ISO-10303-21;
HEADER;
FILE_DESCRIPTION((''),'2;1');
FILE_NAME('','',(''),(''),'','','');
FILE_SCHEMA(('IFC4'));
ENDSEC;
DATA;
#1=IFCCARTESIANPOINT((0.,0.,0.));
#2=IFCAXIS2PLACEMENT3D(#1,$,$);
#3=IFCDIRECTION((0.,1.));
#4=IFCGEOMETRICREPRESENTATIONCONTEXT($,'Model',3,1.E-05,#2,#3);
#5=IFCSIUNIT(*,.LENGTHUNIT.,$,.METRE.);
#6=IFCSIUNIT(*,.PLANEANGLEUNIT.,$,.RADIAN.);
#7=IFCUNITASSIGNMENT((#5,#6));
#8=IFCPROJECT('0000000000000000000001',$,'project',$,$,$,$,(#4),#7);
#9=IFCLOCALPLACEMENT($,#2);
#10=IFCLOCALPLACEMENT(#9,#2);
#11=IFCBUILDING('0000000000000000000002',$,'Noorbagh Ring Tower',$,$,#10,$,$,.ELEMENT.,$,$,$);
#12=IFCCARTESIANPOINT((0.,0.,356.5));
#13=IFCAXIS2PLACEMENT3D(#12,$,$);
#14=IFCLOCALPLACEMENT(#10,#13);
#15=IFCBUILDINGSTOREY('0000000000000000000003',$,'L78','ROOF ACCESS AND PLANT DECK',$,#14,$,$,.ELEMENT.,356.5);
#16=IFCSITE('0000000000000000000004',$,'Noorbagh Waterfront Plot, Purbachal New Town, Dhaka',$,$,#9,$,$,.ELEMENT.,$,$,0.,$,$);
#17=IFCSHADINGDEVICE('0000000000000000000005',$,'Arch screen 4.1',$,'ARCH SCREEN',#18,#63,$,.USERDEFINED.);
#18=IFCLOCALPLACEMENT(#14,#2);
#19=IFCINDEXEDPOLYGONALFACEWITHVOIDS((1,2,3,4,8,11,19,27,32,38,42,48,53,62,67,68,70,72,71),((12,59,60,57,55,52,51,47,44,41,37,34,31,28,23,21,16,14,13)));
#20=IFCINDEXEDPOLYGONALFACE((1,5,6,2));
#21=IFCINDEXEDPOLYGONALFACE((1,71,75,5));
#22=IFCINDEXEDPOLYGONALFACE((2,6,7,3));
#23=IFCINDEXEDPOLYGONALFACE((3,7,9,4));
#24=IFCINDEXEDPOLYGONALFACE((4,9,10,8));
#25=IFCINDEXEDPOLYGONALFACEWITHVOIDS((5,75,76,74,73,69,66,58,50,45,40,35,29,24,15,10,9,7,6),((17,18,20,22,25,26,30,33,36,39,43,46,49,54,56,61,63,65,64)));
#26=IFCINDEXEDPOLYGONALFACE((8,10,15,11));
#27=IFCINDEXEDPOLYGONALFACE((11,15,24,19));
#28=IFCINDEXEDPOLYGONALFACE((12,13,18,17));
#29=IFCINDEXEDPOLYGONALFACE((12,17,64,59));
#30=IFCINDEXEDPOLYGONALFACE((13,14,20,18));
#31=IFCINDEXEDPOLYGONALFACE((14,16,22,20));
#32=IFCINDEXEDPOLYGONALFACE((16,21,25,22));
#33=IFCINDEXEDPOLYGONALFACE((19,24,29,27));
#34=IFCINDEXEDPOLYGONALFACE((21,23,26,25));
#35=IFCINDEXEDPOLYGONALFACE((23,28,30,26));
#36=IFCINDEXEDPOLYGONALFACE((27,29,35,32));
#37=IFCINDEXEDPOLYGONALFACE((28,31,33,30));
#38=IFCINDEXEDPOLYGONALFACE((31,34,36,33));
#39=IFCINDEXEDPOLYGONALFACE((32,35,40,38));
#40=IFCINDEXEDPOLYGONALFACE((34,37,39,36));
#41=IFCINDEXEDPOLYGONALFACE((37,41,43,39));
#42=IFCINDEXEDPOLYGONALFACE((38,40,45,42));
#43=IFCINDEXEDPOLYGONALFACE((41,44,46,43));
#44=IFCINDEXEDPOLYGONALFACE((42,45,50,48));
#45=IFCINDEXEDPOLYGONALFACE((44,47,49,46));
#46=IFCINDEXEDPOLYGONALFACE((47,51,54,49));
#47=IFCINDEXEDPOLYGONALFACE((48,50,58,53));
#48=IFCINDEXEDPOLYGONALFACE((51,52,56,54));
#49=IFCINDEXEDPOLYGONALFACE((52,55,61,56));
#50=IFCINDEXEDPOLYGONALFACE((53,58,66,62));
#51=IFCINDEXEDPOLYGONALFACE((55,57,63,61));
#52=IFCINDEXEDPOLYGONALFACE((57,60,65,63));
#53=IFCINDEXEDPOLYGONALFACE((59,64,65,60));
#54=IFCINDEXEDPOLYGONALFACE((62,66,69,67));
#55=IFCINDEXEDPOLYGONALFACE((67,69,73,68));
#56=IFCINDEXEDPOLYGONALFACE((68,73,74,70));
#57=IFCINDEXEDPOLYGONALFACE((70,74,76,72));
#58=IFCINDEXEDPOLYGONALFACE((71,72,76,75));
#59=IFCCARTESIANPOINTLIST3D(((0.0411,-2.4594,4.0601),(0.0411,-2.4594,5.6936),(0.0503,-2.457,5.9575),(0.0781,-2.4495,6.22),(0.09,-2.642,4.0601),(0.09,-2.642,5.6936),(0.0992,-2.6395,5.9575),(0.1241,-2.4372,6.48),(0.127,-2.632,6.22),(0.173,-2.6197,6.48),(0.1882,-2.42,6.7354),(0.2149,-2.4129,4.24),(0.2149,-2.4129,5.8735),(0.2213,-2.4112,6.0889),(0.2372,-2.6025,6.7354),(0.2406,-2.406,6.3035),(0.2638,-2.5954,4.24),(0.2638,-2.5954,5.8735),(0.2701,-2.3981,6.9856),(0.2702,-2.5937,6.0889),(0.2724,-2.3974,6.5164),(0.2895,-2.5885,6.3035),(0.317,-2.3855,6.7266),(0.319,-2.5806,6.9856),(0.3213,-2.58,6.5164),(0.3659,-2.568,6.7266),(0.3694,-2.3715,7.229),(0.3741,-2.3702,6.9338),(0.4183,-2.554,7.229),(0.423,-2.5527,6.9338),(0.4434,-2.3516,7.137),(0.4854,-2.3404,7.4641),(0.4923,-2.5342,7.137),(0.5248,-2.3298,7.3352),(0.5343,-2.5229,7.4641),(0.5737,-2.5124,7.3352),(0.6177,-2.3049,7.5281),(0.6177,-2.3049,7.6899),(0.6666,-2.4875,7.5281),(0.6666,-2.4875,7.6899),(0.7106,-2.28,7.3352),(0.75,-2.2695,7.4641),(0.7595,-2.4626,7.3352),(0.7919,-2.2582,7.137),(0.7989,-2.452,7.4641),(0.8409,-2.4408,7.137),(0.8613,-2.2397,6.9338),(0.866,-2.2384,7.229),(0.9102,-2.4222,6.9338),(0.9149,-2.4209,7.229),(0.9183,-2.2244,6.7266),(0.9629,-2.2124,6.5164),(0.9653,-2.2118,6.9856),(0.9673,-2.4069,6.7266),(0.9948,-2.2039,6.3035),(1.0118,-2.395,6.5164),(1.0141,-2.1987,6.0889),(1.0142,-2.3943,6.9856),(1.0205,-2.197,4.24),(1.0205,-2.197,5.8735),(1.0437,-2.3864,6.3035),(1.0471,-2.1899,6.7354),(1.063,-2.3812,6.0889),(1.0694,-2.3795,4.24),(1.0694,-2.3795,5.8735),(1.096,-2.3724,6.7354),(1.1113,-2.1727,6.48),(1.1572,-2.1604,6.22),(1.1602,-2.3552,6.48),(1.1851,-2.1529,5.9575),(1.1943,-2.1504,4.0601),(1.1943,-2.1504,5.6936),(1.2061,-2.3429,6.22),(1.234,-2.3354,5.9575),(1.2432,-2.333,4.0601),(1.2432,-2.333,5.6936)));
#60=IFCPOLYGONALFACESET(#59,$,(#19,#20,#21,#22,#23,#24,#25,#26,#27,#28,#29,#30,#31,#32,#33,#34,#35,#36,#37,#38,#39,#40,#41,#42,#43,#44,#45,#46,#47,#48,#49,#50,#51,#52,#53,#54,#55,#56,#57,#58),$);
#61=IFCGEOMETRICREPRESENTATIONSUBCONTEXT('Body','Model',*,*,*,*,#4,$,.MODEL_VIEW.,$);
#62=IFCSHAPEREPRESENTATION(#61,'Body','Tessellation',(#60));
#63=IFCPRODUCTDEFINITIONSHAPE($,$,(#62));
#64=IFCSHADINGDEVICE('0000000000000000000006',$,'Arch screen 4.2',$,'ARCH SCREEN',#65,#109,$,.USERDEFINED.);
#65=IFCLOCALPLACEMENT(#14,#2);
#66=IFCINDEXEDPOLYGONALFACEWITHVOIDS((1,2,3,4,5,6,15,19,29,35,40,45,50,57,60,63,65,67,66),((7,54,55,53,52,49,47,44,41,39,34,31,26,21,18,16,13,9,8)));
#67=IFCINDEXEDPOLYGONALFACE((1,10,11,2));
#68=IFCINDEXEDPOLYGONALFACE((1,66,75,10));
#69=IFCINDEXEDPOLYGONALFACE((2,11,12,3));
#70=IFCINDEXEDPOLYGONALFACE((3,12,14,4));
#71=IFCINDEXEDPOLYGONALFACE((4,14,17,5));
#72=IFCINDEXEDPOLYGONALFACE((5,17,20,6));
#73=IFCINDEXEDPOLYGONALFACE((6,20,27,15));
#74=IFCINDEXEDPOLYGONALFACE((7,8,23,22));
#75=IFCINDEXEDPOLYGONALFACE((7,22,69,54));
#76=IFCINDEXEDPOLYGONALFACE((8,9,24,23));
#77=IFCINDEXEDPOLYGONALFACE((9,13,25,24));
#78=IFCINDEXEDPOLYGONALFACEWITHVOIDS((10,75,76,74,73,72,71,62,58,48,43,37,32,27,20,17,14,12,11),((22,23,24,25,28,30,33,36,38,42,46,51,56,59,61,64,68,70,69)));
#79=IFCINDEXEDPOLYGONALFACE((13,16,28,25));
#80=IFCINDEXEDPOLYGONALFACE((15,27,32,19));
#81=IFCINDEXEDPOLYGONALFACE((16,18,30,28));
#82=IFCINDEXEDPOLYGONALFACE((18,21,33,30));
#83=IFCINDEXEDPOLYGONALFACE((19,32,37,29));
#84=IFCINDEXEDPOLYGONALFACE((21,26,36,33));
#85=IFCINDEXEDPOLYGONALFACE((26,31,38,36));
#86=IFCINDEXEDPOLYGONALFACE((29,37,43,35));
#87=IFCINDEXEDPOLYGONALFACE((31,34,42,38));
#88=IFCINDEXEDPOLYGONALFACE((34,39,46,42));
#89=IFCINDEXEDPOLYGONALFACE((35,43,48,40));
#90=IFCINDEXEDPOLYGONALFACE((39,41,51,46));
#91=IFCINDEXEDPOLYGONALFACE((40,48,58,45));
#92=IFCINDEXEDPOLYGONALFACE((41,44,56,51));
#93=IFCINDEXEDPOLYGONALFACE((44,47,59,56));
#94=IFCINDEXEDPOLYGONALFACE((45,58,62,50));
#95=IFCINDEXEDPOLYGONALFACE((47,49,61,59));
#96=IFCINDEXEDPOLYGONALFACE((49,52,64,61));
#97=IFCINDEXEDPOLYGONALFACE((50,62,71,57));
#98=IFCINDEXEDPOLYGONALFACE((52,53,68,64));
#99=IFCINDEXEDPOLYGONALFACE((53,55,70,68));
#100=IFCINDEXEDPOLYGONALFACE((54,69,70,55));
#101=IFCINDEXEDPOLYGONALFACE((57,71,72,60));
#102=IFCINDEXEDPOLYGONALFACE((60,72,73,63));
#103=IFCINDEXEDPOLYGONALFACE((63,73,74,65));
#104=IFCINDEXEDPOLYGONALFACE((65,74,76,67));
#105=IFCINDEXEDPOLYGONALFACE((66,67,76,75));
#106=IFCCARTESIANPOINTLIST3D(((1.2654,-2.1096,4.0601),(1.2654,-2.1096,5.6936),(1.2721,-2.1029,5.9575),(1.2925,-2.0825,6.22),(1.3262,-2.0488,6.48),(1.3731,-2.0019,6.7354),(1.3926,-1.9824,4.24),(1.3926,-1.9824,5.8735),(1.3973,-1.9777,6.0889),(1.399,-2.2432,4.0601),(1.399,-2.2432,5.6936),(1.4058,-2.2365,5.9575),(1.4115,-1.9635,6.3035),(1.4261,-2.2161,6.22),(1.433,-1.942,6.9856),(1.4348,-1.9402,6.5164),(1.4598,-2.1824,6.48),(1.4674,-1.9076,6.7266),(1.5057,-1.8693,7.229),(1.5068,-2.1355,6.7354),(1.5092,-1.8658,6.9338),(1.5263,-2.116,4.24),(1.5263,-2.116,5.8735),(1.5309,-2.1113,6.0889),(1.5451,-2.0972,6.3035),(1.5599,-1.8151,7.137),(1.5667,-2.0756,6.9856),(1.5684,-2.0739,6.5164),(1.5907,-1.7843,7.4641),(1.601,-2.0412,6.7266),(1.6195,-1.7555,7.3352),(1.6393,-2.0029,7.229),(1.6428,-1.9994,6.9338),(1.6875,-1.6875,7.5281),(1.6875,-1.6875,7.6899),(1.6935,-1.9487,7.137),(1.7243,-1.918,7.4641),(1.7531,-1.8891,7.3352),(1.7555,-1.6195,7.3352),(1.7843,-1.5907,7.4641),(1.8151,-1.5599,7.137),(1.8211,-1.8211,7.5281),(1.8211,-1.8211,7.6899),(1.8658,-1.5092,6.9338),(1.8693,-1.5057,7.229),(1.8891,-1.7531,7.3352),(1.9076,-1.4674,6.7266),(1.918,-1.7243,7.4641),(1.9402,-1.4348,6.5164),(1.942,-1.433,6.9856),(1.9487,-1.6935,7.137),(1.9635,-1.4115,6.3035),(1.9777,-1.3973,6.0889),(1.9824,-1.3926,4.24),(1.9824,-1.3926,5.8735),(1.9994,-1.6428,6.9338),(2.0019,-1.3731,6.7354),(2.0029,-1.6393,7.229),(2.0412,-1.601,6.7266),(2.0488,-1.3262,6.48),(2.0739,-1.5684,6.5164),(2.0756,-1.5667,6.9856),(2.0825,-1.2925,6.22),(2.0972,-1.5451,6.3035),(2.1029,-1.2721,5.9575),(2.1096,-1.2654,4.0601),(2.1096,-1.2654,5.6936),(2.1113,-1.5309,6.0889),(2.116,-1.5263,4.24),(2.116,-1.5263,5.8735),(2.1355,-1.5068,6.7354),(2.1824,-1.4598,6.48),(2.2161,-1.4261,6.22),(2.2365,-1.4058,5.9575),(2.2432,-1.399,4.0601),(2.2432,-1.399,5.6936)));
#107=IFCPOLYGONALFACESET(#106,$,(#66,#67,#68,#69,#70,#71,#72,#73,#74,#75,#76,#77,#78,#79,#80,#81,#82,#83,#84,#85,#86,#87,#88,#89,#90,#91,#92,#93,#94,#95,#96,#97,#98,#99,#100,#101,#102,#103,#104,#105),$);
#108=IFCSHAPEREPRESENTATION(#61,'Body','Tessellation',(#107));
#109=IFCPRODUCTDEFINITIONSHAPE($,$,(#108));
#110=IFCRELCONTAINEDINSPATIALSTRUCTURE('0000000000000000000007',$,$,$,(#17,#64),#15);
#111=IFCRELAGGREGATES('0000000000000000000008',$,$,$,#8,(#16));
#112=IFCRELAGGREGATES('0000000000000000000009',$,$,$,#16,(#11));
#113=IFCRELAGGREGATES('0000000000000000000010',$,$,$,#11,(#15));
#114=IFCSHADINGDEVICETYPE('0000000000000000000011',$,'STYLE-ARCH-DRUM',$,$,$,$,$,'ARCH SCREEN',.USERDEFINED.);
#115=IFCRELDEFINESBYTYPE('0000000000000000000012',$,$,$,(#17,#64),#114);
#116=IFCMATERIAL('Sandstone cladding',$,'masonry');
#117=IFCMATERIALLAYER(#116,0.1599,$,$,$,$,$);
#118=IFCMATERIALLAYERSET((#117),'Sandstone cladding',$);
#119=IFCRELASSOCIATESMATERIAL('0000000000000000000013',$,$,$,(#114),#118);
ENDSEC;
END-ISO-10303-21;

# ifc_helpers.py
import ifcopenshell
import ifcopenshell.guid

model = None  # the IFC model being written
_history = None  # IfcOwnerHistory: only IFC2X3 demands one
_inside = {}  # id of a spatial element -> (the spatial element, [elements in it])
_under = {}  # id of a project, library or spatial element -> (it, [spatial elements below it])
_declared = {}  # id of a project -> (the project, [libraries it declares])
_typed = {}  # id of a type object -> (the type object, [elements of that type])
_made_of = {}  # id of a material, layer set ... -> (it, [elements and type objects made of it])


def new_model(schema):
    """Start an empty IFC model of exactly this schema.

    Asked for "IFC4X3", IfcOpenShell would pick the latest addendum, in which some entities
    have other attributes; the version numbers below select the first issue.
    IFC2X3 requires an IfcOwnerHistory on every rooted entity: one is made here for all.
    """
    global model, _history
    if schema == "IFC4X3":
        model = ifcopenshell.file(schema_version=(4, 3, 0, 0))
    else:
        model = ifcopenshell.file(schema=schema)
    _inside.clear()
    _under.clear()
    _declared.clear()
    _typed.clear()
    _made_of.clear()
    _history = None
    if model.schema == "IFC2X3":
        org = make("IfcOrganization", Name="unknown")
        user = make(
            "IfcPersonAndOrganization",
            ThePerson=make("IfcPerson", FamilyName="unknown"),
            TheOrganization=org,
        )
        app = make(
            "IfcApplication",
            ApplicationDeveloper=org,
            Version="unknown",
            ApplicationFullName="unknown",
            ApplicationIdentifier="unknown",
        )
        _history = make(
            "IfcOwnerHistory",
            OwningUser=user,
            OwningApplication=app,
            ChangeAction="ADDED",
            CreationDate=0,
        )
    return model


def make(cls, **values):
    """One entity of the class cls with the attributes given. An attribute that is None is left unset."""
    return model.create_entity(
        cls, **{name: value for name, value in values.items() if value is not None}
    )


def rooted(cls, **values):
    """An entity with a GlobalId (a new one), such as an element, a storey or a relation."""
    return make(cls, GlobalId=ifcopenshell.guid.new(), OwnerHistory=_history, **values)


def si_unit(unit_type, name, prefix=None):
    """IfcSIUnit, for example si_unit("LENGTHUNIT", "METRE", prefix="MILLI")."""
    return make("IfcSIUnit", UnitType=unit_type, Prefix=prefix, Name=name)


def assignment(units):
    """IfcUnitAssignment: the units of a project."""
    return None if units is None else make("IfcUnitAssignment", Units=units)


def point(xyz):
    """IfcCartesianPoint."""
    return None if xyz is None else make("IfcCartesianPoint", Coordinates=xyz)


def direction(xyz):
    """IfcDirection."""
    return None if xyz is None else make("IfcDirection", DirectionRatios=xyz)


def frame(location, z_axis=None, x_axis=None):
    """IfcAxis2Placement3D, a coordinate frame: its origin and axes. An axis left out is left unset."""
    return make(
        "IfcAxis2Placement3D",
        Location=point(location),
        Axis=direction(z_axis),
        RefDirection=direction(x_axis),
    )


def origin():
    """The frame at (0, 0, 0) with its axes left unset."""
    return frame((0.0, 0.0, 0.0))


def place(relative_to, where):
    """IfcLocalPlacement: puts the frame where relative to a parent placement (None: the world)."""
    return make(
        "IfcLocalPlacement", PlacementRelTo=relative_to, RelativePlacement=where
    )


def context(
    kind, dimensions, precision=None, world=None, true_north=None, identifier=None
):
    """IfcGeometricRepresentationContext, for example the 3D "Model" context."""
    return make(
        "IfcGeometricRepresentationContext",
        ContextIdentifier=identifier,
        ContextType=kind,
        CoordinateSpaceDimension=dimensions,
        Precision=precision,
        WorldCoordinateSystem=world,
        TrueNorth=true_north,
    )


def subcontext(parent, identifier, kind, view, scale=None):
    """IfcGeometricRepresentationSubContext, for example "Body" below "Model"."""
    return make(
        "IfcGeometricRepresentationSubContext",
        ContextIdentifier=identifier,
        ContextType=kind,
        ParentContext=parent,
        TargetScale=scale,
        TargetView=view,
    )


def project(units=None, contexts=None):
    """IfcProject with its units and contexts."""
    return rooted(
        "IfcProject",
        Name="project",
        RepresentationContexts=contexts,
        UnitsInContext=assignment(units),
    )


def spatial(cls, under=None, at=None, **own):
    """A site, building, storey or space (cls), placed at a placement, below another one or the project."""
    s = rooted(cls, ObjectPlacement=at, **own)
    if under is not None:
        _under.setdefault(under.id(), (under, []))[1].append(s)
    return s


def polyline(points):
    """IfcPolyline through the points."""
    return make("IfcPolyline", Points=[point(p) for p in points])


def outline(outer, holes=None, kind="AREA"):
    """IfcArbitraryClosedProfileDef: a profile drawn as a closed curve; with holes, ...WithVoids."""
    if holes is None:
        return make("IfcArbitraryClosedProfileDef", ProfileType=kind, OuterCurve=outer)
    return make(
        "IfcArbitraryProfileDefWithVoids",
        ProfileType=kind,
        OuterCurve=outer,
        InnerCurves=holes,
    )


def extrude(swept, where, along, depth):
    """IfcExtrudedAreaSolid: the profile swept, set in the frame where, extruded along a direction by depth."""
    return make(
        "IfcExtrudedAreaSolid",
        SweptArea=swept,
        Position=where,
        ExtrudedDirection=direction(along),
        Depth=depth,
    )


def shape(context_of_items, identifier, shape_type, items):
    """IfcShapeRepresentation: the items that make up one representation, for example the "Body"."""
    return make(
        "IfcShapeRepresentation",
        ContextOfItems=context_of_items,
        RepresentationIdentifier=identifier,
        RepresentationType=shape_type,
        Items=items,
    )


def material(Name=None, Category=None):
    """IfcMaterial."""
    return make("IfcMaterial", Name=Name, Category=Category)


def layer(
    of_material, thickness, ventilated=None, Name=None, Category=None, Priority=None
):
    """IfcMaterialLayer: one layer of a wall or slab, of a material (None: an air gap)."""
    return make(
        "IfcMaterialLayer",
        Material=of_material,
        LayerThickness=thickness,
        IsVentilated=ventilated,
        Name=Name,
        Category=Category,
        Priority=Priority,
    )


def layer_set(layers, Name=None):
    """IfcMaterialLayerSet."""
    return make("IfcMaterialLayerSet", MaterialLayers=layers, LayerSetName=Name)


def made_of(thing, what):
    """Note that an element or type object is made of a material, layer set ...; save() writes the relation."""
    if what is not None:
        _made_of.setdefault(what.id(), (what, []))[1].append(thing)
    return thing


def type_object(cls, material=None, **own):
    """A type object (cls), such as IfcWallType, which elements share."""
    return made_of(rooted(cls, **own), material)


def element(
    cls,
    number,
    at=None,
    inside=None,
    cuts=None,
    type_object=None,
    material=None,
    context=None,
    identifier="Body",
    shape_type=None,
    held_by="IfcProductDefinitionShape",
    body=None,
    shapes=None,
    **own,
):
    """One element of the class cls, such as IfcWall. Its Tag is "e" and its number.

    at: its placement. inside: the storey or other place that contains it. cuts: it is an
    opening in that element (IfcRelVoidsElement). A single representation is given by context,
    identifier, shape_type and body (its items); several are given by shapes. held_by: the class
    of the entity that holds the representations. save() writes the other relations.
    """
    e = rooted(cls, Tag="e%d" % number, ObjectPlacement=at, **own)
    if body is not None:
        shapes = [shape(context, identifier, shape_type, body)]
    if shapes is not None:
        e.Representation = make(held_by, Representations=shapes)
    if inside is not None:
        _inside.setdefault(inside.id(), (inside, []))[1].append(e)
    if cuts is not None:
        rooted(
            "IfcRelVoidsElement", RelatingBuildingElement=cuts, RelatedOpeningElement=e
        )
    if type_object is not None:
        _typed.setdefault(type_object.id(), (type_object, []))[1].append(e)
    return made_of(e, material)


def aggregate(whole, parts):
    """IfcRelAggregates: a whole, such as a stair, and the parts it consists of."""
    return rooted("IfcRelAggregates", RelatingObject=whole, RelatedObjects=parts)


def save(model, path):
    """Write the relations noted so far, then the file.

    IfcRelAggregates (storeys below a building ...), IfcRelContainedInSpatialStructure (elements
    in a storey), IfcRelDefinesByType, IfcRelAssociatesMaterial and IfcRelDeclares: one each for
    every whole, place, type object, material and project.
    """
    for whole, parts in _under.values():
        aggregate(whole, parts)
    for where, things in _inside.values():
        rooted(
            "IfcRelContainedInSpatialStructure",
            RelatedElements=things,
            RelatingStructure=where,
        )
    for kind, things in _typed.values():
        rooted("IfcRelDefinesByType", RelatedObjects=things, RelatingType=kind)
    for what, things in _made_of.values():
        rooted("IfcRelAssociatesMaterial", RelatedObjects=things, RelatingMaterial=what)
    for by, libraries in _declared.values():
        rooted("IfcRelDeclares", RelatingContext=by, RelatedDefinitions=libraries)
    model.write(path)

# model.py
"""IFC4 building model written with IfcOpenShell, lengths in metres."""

from ifc_helpers import new_model, si_unit, direction, frame, origin, place, context, subcontext, project, spatial, polyline, outline, extrude, material, layer, layer_set, type_object, element, save


model = new_model("IFC4")

# Units and contexts
model_context = context("Model", 3, precision=1e-05, world=origin(), true_north=direction((0.0, 1.0)))
body_context = subcontext(model_context, "Body", "Model", "MODEL_VIEW")
ifc_project = project(units=[si_unit("LENGTHUNIT", "METRE"), si_unit("PLANEANGLEUNIT", "RADIAN")], contexts=[model_context])

# Site, building, storey
site_placement = place(None, origin())
site = spatial("IfcSite", under=ifc_project, at=site_placement, Name="Noorbagh Waterfront Plot, Purbachal New Town, Dhaka", CompositionType="ELEMENT", RefElevation=0.0)
building_placement = place(site_placement, origin())
building = spatial("IfcBuilding", under=site, at=building_placement, Name="Noorbagh Ring Tower", CompositionType="ELEMENT")
storey_placement = place(building_placement, frame((0.0, 0.0, 356.5)))
storey = spatial("IfcBuildingStorey", under=building, at=storey_placement, Name="L78", Description="ROOF ACCESS AND PLANT DECK", CompositionType="ELEMENT", Elevation=356.5)

# Shading devices
ifc_material_1 = material(Name="Sandstone cladding", Category="masonry")
ifc_layer_1 = layer(ifc_material_1, 0.1599)
ifc_layer_set_1 = layer_set([ifc_layer_1], Name="Sandstone cladding")
shading_device_type = type_object("IfcShadingDeviceType", Name="STYLE-ARCH-DRUM", ElementType="ARCH SCREEN", PredefinedType="USERDEFINED", material=ifc_layer_set_1)
for number, where, z_axis, x_axis, name in (
    (1, (0.6177, -2.3049, 4.0601), (0.258819, -0.965926, 0.0), (0.965926, 0.258819, 0.0), "Arch screen 4.1"),
    (2, (1.6875, -1.6875, 4.0601), (0.707107, -0.707107, 0.0), (0.707107, 0.707107, 0.0), "Arch screen 4.2"),
):
    element("IfcShadingDevice", number, at=place(storey_placement, frame(where, z_axis=z_axis, x_axis=x_axis)), inside=storey, type_object=shading_device_type, Name=name, ObjectType="ARCH SCREEN", PredefinedType="USERDEFINED", context=body_context, shape_type="SweptSolid", body=[
        extrude(outline(polyline([(-0.5969, 0.0), (0.5969, 0.0), (0.5969, 1.6335), (0.5874, 1.8975), (0.5586, 2.1599), (0.511, 2.4199), (0.4446, 2.6753), (0.3599, 2.9255), (0.2571, 3.1689), (0.137, 3.4041), (0.0, 3.6299), (-0.137, 3.4041), (-0.2571, 3.1689), (-0.3599, 2.9255), (-0.4446, 2.6753), (-0.511, 2.4199), (-0.5586, 2.1599), (-0.5874, 1.8975), (-0.5969, 1.6335), (-0.5969, 0.0)]), holes=[polyline([(-0.417, 0.1799), (0.417, 0.1799), (0.417, 1.8135), (0.4104, 2.0288), (0.3904, 2.2434), (0.3574, 2.4563), (0.3113, 2.6665), (0.2522, 2.8738), (0.1804, 3.0769), (0.0962, 3.2751), (0.0, 3.468), (-0.0962, 3.2751), (-0.1804, 3.0769), (-0.2522, 2.8738), (-0.3113, 2.6665), (-0.3574, 2.4563), (-0.3904, 2.2434), (-0.4104, 2.0288), (-0.417, 1.8135), (-0.417, 0.1799)])]), origin(), (0.0, 0.0, 1.0), 0.189),
    ])

save(model, "model.ifc")
